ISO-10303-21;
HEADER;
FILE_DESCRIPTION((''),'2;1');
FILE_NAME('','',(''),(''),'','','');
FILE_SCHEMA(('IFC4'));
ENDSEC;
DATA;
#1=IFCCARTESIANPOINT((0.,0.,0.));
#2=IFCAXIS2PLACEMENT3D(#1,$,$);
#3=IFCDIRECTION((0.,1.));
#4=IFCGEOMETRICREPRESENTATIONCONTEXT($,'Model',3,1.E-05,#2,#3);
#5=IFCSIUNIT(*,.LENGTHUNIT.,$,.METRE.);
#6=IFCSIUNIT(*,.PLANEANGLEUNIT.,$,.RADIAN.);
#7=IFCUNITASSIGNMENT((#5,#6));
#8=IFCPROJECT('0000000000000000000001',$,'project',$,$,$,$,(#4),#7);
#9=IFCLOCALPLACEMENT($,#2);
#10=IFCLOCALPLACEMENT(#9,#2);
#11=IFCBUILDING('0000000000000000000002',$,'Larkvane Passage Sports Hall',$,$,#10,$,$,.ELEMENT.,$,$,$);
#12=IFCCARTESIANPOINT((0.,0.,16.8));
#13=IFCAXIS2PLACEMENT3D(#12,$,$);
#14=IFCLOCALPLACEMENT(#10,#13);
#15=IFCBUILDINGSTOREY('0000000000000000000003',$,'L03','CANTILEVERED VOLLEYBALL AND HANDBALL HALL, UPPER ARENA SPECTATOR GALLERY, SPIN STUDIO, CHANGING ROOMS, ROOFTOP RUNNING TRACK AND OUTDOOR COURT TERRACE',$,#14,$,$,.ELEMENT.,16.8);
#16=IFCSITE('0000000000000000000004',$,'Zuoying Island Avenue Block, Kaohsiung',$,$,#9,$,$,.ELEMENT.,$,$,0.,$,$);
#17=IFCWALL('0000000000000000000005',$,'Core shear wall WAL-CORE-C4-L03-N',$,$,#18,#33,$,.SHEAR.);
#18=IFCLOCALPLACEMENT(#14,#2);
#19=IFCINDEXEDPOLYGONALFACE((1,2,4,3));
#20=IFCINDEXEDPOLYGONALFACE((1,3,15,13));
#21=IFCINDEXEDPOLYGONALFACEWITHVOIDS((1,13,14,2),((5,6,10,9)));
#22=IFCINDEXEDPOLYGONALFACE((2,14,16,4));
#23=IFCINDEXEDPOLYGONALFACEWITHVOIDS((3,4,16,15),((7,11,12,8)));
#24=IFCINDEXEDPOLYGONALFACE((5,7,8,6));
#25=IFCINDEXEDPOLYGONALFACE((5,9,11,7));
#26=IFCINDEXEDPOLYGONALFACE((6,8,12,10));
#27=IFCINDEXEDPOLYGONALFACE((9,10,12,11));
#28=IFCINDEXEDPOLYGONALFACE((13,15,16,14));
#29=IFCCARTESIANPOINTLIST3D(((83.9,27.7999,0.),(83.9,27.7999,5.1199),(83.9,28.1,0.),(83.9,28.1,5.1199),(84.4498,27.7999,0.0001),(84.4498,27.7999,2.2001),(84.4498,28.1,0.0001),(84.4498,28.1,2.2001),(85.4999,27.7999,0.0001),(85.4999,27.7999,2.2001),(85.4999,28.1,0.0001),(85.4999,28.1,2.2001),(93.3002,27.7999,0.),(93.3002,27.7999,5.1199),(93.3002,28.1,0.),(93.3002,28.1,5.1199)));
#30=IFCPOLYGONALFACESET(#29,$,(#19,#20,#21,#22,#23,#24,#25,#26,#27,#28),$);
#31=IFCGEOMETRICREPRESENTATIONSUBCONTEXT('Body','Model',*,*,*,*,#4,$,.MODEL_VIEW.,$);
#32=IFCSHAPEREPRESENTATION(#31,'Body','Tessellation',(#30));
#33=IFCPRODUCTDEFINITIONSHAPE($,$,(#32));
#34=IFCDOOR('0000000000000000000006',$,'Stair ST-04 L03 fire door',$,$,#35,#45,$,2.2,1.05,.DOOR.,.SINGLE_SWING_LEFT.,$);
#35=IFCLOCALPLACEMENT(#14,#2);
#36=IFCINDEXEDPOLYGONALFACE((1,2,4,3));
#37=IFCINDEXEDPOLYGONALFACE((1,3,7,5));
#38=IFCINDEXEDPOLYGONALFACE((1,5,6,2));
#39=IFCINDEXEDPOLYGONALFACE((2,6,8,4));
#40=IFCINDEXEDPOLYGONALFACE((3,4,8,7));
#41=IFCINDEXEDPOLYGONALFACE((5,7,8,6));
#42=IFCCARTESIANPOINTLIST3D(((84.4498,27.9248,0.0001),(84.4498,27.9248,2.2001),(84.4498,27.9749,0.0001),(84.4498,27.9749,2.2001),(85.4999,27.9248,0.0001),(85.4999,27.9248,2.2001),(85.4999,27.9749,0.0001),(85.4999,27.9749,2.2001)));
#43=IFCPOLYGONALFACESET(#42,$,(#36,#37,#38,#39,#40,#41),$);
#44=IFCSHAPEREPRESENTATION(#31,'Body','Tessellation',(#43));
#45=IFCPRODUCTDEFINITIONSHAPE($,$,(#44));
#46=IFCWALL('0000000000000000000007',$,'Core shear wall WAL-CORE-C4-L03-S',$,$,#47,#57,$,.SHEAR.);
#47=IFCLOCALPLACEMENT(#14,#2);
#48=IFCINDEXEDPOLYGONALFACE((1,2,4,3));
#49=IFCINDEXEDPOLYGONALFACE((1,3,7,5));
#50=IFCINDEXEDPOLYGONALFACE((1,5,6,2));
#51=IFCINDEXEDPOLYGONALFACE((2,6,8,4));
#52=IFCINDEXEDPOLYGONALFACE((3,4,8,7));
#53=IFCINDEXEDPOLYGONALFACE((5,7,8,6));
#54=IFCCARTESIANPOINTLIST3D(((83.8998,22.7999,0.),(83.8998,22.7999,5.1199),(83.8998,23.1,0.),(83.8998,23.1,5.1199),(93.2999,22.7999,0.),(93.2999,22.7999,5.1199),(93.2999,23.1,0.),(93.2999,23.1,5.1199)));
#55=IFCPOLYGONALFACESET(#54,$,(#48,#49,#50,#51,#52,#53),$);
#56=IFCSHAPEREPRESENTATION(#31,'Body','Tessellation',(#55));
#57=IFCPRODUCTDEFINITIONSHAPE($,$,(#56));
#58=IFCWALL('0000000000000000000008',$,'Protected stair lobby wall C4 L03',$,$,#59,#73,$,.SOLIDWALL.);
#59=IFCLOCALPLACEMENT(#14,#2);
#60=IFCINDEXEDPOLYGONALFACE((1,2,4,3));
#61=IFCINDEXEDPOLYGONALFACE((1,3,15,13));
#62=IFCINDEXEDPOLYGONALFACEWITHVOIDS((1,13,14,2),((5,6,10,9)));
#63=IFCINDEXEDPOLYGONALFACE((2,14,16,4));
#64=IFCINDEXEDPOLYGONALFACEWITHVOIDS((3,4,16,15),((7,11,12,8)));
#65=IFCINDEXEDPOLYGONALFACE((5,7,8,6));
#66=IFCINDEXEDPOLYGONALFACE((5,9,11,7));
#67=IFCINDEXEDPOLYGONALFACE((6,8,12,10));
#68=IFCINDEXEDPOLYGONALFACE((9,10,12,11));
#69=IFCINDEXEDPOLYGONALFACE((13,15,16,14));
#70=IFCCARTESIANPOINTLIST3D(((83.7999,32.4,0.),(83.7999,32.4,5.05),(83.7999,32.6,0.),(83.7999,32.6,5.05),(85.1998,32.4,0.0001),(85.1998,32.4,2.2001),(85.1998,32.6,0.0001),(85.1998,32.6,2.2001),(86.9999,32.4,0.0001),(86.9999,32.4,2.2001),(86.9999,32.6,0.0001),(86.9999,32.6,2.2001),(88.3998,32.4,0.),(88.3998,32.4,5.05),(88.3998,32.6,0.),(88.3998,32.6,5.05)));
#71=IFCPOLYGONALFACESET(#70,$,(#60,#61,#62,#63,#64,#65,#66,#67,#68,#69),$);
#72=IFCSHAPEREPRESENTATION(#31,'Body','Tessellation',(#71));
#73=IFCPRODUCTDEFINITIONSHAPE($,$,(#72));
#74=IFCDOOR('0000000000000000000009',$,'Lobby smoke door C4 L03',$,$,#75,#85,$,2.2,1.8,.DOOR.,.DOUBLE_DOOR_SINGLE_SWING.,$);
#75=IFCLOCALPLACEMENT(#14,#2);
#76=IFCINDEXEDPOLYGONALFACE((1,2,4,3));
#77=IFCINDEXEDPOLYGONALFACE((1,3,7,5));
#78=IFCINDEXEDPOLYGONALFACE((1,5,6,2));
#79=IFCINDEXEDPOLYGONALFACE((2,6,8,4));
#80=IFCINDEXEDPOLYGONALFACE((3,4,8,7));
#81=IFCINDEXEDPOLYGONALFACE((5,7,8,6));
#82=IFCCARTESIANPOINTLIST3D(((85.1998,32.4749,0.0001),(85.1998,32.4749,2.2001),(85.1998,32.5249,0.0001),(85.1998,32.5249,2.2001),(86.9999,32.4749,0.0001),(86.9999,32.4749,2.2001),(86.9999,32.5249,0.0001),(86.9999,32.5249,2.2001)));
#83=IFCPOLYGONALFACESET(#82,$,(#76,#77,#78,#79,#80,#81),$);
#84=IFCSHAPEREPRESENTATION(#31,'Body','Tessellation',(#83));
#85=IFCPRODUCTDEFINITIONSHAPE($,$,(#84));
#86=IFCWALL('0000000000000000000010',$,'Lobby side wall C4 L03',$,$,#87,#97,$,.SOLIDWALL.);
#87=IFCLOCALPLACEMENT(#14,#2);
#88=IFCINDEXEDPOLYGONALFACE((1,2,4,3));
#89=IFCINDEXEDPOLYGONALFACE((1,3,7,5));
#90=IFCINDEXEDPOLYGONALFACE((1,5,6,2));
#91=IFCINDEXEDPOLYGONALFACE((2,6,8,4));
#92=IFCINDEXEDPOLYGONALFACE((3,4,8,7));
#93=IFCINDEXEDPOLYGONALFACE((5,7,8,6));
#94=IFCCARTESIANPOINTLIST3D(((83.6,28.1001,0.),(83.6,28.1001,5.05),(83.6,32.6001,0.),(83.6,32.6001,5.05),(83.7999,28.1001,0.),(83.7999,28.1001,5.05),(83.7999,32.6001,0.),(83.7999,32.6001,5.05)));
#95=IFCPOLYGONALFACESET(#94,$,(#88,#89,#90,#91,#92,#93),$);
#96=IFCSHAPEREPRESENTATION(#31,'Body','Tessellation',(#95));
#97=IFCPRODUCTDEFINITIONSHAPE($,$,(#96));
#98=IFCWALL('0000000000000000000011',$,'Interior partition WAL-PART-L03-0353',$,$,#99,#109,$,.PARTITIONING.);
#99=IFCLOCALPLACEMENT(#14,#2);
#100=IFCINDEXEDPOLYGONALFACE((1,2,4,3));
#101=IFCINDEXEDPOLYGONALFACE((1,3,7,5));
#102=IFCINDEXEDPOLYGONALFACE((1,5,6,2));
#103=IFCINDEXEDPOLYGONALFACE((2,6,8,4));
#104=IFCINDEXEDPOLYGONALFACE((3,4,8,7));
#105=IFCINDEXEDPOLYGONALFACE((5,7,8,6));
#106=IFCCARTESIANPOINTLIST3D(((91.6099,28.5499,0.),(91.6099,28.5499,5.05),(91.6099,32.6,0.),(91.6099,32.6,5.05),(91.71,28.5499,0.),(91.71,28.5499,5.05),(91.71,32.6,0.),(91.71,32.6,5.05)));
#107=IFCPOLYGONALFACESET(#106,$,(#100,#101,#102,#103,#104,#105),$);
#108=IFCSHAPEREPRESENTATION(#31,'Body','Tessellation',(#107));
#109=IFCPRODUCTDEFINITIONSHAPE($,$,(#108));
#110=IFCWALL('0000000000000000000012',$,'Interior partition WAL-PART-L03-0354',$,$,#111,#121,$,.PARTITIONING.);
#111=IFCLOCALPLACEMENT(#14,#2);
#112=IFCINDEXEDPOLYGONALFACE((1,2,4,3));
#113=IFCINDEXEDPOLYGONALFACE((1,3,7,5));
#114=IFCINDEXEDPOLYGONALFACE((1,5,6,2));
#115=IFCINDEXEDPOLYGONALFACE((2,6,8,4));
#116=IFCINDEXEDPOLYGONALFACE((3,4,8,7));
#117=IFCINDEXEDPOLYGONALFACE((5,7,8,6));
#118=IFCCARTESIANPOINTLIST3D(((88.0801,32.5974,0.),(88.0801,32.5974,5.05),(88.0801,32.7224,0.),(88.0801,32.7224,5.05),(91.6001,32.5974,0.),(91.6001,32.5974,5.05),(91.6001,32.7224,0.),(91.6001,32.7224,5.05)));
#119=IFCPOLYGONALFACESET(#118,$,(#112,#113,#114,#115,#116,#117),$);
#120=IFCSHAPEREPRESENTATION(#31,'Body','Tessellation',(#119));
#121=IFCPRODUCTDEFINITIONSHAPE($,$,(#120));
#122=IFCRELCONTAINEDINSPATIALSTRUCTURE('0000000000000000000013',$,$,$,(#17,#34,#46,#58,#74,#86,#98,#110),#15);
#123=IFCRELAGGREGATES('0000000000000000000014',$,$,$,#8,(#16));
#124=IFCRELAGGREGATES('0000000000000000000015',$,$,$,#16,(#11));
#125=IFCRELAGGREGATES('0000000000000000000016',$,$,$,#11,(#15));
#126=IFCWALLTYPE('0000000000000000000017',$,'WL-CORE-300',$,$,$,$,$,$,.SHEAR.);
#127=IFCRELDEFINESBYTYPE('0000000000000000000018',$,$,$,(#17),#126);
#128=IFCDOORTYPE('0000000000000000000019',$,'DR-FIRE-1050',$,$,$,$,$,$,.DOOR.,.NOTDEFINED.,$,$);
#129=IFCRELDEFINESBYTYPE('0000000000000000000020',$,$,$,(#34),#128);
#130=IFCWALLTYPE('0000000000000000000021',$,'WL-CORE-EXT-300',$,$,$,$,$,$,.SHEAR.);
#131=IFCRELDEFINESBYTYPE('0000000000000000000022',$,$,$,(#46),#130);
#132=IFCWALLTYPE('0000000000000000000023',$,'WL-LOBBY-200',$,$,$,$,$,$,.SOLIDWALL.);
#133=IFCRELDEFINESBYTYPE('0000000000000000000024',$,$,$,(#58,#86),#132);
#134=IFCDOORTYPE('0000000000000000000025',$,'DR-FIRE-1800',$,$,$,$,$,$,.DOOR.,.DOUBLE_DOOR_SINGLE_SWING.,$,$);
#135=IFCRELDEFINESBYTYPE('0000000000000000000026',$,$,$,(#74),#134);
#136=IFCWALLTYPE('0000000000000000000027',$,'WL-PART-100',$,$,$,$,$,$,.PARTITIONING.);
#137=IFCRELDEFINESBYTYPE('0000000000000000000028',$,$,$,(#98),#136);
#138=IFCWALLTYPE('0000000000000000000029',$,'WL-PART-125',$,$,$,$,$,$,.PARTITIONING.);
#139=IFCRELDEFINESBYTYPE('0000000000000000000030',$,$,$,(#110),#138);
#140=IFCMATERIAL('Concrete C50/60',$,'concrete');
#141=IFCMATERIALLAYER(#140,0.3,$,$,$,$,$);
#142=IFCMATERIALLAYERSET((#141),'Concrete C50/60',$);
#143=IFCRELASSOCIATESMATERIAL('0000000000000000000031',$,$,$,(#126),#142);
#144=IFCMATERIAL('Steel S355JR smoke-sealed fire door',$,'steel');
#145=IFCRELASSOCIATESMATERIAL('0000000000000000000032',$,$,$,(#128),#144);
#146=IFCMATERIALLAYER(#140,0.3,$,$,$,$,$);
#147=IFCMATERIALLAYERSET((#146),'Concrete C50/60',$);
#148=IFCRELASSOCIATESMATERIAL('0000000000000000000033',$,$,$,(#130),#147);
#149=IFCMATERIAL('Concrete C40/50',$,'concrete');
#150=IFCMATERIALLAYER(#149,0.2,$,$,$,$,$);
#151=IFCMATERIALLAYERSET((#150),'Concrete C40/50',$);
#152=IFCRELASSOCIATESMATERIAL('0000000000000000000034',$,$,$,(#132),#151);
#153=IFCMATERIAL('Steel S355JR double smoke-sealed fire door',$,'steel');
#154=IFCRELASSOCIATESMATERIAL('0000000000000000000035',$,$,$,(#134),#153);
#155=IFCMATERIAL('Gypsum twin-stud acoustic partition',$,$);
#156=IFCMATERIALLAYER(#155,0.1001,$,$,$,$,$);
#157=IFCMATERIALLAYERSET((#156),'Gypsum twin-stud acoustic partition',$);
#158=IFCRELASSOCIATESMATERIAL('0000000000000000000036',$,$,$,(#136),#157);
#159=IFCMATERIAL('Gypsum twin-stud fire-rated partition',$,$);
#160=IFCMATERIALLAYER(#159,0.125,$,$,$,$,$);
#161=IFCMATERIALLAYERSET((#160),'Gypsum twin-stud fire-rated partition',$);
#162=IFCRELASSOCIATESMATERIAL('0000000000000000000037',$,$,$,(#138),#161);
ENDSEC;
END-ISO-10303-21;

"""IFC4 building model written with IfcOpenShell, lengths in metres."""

from ifc_helpers import new_model, si_unit, direction, frame, frame_2d, origin, place, context, subcontext, project, spatial, rectangle, extrude, material, layer, layer_set, type_object, element, fill, save


model = new_model("IFC4")

# Units and contexts
model_context = context("Model", 3, precision=1e-05, world=origin(), true_north=direction((0.0, 1.0)))
body_context = subcontext(model_context, "Body", "Model", "MODEL_VIEW")
ifc_project = project(units=[si_unit("LENGTHUNIT", "METRE"), si_unit("PLANEANGLEUNIT", "RADIAN")], contexts=[model_context])

# Site, building, storey
site_placement = place(None, origin())
site = spatial("IfcSite", under=ifc_project, at=site_placement, Name="Zuoying Island Avenue Block, Kaohsiung", CompositionType="ELEMENT", RefElevation=0.0)
building_placement = place(site_placement, origin())
building = spatial("IfcBuilding", under=site, at=building_placement, Name="Larkvane Passage Sports Hall", CompositionType="ELEMENT")
storey_placement = place(building_placement, frame((0.0, 0.0, 16.8)))
storey = spatial("IfcBuildingStorey", under=building, at=storey_placement, Name="L03", Description="CANTILEVERED VOLLEYBALL AND HANDBALL HALL, UPPER ARENA SPECTATOR GALLERY, SPIN STUDIO, CHANGING ROOMS, ROOFTOP RUNNING TRACK AND OUTDOOR COURT TERRACE", CompositionType="ELEMENT", Elevation=16.8)

# Shared definitions
ifc_material_1 = material(Name="Concrete C40/50", Category="concrete")

# Shared definitions
ifc_material_2 = material(Name="Concrete C50/60", Category="concrete")
ifc_layer_1 = layer(ifc_material_2, 0.3)
ifc_layer_set_1 = layer_set([ifc_layer_1], Name="Concrete C50/60")
wall_type_1 = type_object("IfcWallType", Name="WL-CORE-300", PredefinedType="SHEAR", material=ifc_layer_set_1)

# Wall, opening, door
wall_1_placement = place(storey_placement, frame((83.8999, 27.95, 0.0), z_axis=(0.0, 0.0, 1.0), x_axis=(1.0, 0.0, 0.0)))
wall_1 = element("IfcWall", 1, at=wall_1_placement, inside=storey, type_object=wall_type_1, Name="Core shear wall WAL-CORE-C4-L03-N", PredefinedType="SHEAR", context=body_context, shape_type="SweptSolid", body=[
    extrude(rectangle(XDim=9.4001, YDim=0.3, at=frame_2d((4.7002, 0.0))), origin(), (0.0, 0.0, 1.0), 5.1199),
])
opening_1_placement = place(wall_1_placement, frame((0.55, 0.0, 0.0)))
opening_1 = element("IfcOpeningElement", 2, at=opening_1_placement, cuts=wall_1, PredefinedType="OPENING", context=body_context, shape_type="SweptSolid", body=[
    extrude(rectangle(XDim=1.05, YDim=2.2, at=frame_2d((0.5249, 1.1001))), frame((0.0, 0.1599, 0.0), z_axis=(0.0, -1.0, 0.0), x_axis=(1.0, 0.0, 0.0)), (0.0, 0.0, 1.0), 0.3201),
])
ifc_material_3 = material(Name="Steel S355JR smoke-sealed fire door", Category="steel")
door_type_1 = type_object("IfcDoorType", Name="DR-FIRE-1050", OperationType="NOTDEFINED", PredefinedType="DOOR", material=ifc_material_3)
door_1_placement = place(opening_1_placement, origin())
door_1 = element("IfcDoor", 3, at=door_1_placement, inside=storey, type_object=door_type_1, Name="Stair ST-04 L03 fire door", OperationType="SINGLE_SWING_LEFT", OverallHeight=2.2, OverallWidth=1.05, PredefinedType="DOOR", context=body_context, shape_type="SweptSolid", body=[
    extrude(rectangle(XDim=1.05, YDim=2.2, at=frame_2d((0.5249, 1.1001))), frame((0.0, 0.0249, 0.0), z_axis=(0.0, -1.0, 0.0), x_axis=(1.0, 0.0, 0.0)), (0.0, 0.0, 1.0), 0.05),
])
fill(opening_1, door_1)

# Wall
ifc_layer_2 = layer(ifc_material_2, 0.3)
ifc_layer_set_2 = layer_set([ifc_layer_2], Name="Concrete C50/60")
wall_type_2 = type_object("IfcWallType", Name="WL-CORE-EXT-300", PredefinedType="SHEAR", material=ifc_layer_set_2)
wall_2_placement = place(storey_placement, frame((93.3, 22.95, 0.0), z_axis=(0.0, 0.0, 1.0), x_axis=(-1.0, 0.0, 0.0)))
element("IfcWall", 4, at=wall_2_placement, inside=storey, type_object=wall_type_2, Name="Core shear wall WAL-CORE-C4-L03-S", PredefinedType="SHEAR", context=body_context, shape_type="SweptSolid", body=[
    extrude(rectangle(XDim=9.4001, YDim=0.3, at=frame_2d((4.7002, 0.0))), origin(), (0.0, 0.0, 1.0), 5.1199),
])

# Wall, opening, door
ifc_layer_3 = layer(ifc_material_1, 0.2)
ifc_layer_set_3 = layer_set([ifc_layer_3], Name="Concrete C40/50")
wall_type_3 = type_object("IfcWallType", Name="WL-LOBBY-200", PredefinedType="SOLIDWALL", material=ifc_layer_set_3)
wall_3_placement = place(storey_placement, frame((83.8, 32.5, 0.0), z_axis=(0.0, 0.0, 1.0), x_axis=(1.0, 0.0, 0.0)))
wall_3 = element("IfcWall", 5, at=wall_3_placement, inside=storey, type_object=wall_type_3, Name="Protected stair lobby wall C4 L03", PredefinedType="SOLIDWALL", context=body_context, shape_type="SweptSolid", body=[
    extrude(rectangle(XDim=4.5999, YDim=0.2, at=frame_2d((2.2998, 0.0))), origin(), (0.0, 0.0, 1.0), 5.05),
])
opening_2_placement = place(wall_3_placement, frame((1.3999, 0.0, 0.0)))
opening_2 = element("IfcOpeningElement", 6, at=opening_2_placement, cuts=wall_3, PredefinedType="OPENING", context=body_context, shape_type="SweptSolid", body=[
    extrude(rectangle(XDim=1.8, YDim=2.2, at=frame_2d((0.8999, 1.1001))), frame((0.0, 0.1099, 0.0), z_axis=(0.0, -1.0, 0.0), x_axis=(1.0, 0.0, 0.0)), (0.0, 0.0, 1.0), 0.22),
])
ifc_material_4 = material(Name="Steel S355JR double smoke-sealed fire door", Category="steel")
door_type_2 = type_object("IfcDoorType", Name="DR-FIRE-1800", OperationType="DOUBLE_DOOR_SINGLE_SWING", PredefinedType="DOOR", material=ifc_material_4)
door_2_placement = place(opening_2_placement, origin())
door_2 = element("IfcDoor", 7, at=door_2_placement, inside=storey, type_object=door_type_2, Name="Lobby smoke door C4 L03", OperationType="DOUBLE_DOOR_SINGLE_SWING", OverallHeight=2.2, OverallWidth=1.8, PredefinedType="DOOR", context=body_context, shape_type="SweptSolid", body=[
    extrude(rectangle(XDim=1.8, YDim=2.2, at=frame_2d((0.8999, 1.1001))), frame((0.0, 0.0249, 0.0), z_axis=(0.0, -1.0, 0.0), x_axis=(1.0, 0.0, 0.0)), (0.0, 0.0, 1.0), 0.05),
])
fill(opening_2, door_2)

# Walls
wall_4_placement = place(storey_placement, frame((83.7, 28.1001, 0.0), z_axis=(0.0, 0.0, 1.0), x_axis=(0.0, 1.0, 0.0)))
element("IfcWall", 8, at=wall_4_placement, inside=storey, type_object=wall_type_3, Name="Lobby side wall C4 L03", PredefinedType="SOLIDWALL", context=body_context, shape_type="SweptSolid", body=[
    extrude(rectangle(XDim=4.5, YDim=0.2, at=frame_2d((2.25, 0.0))), origin(), (0.0, 0.0, 1.0), 5.05),
])
ifc_material_5 = material(Name="Gypsum twin-stud acoustic partition")
ifc_layer_4 = layer(ifc_material_5, 0.1001)
ifc_layer_set_4 = layer_set([ifc_layer_4], Name="Gypsum twin-stud acoustic partition")
wall_type_4 = type_object("IfcWallType", Name="WL-PART-100", PredefinedType="PARTITIONING", material=ifc_layer_set_4)
wall_5_placement = place(storey_placement, frame((91.6599, 28.55, 0.0), z_axis=(0.0, 0.0, 1.0), x_axis=(0.0, 1.0, 0.0)))
element("IfcWall", 9, at=wall_5_placement, inside=storey, type_object=wall_type_4, Name="Interior partition WAL-PART-L03-0353", PredefinedType="PARTITIONING", context=body_context, shape_type="SweptSolid", body=[
    extrude(rectangle(XDim=4.05, YDim=0.1001, at=frame_2d((2.0249, 0.0))), origin(), (0.0, 0.0, 1.0), 5.05),
])
ifc_material_6 = material(Name="Gypsum twin-stud fire-rated partition")
ifc_layer_5 = layer(ifc_material_6, 0.125)
ifc_layer_set_5 = layer_set([ifc_layer_5], Name="Gypsum twin-stud fire-rated partition")
wall_type_5 = type_object("IfcWallType", Name="WL-PART-125", PredefinedType="PARTITIONING", material=ifc_layer_set_5)
wall_6_placement = place(storey_placement, frame((91.6001, 32.6599, 0.0), z_axis=(0.0, 0.0, 1.0), x_axis=(-1.0, 0.0, 0.0)))
element("IfcWall", 10, at=wall_6_placement, inside=storey, type_object=wall_type_5, Name="Interior partition WAL-PART-L03-0354", PredefinedType="PARTITIONING", context=body_context, shape_type="SweptSolid", body=[
    extrude(rectangle(XDim=3.52, YDim=0.125, at=frame_2d((1.76, 0.0))), origin(), (0.0, 0.0, 1.0), 5.05),
])

save(model, "model.ifc")
